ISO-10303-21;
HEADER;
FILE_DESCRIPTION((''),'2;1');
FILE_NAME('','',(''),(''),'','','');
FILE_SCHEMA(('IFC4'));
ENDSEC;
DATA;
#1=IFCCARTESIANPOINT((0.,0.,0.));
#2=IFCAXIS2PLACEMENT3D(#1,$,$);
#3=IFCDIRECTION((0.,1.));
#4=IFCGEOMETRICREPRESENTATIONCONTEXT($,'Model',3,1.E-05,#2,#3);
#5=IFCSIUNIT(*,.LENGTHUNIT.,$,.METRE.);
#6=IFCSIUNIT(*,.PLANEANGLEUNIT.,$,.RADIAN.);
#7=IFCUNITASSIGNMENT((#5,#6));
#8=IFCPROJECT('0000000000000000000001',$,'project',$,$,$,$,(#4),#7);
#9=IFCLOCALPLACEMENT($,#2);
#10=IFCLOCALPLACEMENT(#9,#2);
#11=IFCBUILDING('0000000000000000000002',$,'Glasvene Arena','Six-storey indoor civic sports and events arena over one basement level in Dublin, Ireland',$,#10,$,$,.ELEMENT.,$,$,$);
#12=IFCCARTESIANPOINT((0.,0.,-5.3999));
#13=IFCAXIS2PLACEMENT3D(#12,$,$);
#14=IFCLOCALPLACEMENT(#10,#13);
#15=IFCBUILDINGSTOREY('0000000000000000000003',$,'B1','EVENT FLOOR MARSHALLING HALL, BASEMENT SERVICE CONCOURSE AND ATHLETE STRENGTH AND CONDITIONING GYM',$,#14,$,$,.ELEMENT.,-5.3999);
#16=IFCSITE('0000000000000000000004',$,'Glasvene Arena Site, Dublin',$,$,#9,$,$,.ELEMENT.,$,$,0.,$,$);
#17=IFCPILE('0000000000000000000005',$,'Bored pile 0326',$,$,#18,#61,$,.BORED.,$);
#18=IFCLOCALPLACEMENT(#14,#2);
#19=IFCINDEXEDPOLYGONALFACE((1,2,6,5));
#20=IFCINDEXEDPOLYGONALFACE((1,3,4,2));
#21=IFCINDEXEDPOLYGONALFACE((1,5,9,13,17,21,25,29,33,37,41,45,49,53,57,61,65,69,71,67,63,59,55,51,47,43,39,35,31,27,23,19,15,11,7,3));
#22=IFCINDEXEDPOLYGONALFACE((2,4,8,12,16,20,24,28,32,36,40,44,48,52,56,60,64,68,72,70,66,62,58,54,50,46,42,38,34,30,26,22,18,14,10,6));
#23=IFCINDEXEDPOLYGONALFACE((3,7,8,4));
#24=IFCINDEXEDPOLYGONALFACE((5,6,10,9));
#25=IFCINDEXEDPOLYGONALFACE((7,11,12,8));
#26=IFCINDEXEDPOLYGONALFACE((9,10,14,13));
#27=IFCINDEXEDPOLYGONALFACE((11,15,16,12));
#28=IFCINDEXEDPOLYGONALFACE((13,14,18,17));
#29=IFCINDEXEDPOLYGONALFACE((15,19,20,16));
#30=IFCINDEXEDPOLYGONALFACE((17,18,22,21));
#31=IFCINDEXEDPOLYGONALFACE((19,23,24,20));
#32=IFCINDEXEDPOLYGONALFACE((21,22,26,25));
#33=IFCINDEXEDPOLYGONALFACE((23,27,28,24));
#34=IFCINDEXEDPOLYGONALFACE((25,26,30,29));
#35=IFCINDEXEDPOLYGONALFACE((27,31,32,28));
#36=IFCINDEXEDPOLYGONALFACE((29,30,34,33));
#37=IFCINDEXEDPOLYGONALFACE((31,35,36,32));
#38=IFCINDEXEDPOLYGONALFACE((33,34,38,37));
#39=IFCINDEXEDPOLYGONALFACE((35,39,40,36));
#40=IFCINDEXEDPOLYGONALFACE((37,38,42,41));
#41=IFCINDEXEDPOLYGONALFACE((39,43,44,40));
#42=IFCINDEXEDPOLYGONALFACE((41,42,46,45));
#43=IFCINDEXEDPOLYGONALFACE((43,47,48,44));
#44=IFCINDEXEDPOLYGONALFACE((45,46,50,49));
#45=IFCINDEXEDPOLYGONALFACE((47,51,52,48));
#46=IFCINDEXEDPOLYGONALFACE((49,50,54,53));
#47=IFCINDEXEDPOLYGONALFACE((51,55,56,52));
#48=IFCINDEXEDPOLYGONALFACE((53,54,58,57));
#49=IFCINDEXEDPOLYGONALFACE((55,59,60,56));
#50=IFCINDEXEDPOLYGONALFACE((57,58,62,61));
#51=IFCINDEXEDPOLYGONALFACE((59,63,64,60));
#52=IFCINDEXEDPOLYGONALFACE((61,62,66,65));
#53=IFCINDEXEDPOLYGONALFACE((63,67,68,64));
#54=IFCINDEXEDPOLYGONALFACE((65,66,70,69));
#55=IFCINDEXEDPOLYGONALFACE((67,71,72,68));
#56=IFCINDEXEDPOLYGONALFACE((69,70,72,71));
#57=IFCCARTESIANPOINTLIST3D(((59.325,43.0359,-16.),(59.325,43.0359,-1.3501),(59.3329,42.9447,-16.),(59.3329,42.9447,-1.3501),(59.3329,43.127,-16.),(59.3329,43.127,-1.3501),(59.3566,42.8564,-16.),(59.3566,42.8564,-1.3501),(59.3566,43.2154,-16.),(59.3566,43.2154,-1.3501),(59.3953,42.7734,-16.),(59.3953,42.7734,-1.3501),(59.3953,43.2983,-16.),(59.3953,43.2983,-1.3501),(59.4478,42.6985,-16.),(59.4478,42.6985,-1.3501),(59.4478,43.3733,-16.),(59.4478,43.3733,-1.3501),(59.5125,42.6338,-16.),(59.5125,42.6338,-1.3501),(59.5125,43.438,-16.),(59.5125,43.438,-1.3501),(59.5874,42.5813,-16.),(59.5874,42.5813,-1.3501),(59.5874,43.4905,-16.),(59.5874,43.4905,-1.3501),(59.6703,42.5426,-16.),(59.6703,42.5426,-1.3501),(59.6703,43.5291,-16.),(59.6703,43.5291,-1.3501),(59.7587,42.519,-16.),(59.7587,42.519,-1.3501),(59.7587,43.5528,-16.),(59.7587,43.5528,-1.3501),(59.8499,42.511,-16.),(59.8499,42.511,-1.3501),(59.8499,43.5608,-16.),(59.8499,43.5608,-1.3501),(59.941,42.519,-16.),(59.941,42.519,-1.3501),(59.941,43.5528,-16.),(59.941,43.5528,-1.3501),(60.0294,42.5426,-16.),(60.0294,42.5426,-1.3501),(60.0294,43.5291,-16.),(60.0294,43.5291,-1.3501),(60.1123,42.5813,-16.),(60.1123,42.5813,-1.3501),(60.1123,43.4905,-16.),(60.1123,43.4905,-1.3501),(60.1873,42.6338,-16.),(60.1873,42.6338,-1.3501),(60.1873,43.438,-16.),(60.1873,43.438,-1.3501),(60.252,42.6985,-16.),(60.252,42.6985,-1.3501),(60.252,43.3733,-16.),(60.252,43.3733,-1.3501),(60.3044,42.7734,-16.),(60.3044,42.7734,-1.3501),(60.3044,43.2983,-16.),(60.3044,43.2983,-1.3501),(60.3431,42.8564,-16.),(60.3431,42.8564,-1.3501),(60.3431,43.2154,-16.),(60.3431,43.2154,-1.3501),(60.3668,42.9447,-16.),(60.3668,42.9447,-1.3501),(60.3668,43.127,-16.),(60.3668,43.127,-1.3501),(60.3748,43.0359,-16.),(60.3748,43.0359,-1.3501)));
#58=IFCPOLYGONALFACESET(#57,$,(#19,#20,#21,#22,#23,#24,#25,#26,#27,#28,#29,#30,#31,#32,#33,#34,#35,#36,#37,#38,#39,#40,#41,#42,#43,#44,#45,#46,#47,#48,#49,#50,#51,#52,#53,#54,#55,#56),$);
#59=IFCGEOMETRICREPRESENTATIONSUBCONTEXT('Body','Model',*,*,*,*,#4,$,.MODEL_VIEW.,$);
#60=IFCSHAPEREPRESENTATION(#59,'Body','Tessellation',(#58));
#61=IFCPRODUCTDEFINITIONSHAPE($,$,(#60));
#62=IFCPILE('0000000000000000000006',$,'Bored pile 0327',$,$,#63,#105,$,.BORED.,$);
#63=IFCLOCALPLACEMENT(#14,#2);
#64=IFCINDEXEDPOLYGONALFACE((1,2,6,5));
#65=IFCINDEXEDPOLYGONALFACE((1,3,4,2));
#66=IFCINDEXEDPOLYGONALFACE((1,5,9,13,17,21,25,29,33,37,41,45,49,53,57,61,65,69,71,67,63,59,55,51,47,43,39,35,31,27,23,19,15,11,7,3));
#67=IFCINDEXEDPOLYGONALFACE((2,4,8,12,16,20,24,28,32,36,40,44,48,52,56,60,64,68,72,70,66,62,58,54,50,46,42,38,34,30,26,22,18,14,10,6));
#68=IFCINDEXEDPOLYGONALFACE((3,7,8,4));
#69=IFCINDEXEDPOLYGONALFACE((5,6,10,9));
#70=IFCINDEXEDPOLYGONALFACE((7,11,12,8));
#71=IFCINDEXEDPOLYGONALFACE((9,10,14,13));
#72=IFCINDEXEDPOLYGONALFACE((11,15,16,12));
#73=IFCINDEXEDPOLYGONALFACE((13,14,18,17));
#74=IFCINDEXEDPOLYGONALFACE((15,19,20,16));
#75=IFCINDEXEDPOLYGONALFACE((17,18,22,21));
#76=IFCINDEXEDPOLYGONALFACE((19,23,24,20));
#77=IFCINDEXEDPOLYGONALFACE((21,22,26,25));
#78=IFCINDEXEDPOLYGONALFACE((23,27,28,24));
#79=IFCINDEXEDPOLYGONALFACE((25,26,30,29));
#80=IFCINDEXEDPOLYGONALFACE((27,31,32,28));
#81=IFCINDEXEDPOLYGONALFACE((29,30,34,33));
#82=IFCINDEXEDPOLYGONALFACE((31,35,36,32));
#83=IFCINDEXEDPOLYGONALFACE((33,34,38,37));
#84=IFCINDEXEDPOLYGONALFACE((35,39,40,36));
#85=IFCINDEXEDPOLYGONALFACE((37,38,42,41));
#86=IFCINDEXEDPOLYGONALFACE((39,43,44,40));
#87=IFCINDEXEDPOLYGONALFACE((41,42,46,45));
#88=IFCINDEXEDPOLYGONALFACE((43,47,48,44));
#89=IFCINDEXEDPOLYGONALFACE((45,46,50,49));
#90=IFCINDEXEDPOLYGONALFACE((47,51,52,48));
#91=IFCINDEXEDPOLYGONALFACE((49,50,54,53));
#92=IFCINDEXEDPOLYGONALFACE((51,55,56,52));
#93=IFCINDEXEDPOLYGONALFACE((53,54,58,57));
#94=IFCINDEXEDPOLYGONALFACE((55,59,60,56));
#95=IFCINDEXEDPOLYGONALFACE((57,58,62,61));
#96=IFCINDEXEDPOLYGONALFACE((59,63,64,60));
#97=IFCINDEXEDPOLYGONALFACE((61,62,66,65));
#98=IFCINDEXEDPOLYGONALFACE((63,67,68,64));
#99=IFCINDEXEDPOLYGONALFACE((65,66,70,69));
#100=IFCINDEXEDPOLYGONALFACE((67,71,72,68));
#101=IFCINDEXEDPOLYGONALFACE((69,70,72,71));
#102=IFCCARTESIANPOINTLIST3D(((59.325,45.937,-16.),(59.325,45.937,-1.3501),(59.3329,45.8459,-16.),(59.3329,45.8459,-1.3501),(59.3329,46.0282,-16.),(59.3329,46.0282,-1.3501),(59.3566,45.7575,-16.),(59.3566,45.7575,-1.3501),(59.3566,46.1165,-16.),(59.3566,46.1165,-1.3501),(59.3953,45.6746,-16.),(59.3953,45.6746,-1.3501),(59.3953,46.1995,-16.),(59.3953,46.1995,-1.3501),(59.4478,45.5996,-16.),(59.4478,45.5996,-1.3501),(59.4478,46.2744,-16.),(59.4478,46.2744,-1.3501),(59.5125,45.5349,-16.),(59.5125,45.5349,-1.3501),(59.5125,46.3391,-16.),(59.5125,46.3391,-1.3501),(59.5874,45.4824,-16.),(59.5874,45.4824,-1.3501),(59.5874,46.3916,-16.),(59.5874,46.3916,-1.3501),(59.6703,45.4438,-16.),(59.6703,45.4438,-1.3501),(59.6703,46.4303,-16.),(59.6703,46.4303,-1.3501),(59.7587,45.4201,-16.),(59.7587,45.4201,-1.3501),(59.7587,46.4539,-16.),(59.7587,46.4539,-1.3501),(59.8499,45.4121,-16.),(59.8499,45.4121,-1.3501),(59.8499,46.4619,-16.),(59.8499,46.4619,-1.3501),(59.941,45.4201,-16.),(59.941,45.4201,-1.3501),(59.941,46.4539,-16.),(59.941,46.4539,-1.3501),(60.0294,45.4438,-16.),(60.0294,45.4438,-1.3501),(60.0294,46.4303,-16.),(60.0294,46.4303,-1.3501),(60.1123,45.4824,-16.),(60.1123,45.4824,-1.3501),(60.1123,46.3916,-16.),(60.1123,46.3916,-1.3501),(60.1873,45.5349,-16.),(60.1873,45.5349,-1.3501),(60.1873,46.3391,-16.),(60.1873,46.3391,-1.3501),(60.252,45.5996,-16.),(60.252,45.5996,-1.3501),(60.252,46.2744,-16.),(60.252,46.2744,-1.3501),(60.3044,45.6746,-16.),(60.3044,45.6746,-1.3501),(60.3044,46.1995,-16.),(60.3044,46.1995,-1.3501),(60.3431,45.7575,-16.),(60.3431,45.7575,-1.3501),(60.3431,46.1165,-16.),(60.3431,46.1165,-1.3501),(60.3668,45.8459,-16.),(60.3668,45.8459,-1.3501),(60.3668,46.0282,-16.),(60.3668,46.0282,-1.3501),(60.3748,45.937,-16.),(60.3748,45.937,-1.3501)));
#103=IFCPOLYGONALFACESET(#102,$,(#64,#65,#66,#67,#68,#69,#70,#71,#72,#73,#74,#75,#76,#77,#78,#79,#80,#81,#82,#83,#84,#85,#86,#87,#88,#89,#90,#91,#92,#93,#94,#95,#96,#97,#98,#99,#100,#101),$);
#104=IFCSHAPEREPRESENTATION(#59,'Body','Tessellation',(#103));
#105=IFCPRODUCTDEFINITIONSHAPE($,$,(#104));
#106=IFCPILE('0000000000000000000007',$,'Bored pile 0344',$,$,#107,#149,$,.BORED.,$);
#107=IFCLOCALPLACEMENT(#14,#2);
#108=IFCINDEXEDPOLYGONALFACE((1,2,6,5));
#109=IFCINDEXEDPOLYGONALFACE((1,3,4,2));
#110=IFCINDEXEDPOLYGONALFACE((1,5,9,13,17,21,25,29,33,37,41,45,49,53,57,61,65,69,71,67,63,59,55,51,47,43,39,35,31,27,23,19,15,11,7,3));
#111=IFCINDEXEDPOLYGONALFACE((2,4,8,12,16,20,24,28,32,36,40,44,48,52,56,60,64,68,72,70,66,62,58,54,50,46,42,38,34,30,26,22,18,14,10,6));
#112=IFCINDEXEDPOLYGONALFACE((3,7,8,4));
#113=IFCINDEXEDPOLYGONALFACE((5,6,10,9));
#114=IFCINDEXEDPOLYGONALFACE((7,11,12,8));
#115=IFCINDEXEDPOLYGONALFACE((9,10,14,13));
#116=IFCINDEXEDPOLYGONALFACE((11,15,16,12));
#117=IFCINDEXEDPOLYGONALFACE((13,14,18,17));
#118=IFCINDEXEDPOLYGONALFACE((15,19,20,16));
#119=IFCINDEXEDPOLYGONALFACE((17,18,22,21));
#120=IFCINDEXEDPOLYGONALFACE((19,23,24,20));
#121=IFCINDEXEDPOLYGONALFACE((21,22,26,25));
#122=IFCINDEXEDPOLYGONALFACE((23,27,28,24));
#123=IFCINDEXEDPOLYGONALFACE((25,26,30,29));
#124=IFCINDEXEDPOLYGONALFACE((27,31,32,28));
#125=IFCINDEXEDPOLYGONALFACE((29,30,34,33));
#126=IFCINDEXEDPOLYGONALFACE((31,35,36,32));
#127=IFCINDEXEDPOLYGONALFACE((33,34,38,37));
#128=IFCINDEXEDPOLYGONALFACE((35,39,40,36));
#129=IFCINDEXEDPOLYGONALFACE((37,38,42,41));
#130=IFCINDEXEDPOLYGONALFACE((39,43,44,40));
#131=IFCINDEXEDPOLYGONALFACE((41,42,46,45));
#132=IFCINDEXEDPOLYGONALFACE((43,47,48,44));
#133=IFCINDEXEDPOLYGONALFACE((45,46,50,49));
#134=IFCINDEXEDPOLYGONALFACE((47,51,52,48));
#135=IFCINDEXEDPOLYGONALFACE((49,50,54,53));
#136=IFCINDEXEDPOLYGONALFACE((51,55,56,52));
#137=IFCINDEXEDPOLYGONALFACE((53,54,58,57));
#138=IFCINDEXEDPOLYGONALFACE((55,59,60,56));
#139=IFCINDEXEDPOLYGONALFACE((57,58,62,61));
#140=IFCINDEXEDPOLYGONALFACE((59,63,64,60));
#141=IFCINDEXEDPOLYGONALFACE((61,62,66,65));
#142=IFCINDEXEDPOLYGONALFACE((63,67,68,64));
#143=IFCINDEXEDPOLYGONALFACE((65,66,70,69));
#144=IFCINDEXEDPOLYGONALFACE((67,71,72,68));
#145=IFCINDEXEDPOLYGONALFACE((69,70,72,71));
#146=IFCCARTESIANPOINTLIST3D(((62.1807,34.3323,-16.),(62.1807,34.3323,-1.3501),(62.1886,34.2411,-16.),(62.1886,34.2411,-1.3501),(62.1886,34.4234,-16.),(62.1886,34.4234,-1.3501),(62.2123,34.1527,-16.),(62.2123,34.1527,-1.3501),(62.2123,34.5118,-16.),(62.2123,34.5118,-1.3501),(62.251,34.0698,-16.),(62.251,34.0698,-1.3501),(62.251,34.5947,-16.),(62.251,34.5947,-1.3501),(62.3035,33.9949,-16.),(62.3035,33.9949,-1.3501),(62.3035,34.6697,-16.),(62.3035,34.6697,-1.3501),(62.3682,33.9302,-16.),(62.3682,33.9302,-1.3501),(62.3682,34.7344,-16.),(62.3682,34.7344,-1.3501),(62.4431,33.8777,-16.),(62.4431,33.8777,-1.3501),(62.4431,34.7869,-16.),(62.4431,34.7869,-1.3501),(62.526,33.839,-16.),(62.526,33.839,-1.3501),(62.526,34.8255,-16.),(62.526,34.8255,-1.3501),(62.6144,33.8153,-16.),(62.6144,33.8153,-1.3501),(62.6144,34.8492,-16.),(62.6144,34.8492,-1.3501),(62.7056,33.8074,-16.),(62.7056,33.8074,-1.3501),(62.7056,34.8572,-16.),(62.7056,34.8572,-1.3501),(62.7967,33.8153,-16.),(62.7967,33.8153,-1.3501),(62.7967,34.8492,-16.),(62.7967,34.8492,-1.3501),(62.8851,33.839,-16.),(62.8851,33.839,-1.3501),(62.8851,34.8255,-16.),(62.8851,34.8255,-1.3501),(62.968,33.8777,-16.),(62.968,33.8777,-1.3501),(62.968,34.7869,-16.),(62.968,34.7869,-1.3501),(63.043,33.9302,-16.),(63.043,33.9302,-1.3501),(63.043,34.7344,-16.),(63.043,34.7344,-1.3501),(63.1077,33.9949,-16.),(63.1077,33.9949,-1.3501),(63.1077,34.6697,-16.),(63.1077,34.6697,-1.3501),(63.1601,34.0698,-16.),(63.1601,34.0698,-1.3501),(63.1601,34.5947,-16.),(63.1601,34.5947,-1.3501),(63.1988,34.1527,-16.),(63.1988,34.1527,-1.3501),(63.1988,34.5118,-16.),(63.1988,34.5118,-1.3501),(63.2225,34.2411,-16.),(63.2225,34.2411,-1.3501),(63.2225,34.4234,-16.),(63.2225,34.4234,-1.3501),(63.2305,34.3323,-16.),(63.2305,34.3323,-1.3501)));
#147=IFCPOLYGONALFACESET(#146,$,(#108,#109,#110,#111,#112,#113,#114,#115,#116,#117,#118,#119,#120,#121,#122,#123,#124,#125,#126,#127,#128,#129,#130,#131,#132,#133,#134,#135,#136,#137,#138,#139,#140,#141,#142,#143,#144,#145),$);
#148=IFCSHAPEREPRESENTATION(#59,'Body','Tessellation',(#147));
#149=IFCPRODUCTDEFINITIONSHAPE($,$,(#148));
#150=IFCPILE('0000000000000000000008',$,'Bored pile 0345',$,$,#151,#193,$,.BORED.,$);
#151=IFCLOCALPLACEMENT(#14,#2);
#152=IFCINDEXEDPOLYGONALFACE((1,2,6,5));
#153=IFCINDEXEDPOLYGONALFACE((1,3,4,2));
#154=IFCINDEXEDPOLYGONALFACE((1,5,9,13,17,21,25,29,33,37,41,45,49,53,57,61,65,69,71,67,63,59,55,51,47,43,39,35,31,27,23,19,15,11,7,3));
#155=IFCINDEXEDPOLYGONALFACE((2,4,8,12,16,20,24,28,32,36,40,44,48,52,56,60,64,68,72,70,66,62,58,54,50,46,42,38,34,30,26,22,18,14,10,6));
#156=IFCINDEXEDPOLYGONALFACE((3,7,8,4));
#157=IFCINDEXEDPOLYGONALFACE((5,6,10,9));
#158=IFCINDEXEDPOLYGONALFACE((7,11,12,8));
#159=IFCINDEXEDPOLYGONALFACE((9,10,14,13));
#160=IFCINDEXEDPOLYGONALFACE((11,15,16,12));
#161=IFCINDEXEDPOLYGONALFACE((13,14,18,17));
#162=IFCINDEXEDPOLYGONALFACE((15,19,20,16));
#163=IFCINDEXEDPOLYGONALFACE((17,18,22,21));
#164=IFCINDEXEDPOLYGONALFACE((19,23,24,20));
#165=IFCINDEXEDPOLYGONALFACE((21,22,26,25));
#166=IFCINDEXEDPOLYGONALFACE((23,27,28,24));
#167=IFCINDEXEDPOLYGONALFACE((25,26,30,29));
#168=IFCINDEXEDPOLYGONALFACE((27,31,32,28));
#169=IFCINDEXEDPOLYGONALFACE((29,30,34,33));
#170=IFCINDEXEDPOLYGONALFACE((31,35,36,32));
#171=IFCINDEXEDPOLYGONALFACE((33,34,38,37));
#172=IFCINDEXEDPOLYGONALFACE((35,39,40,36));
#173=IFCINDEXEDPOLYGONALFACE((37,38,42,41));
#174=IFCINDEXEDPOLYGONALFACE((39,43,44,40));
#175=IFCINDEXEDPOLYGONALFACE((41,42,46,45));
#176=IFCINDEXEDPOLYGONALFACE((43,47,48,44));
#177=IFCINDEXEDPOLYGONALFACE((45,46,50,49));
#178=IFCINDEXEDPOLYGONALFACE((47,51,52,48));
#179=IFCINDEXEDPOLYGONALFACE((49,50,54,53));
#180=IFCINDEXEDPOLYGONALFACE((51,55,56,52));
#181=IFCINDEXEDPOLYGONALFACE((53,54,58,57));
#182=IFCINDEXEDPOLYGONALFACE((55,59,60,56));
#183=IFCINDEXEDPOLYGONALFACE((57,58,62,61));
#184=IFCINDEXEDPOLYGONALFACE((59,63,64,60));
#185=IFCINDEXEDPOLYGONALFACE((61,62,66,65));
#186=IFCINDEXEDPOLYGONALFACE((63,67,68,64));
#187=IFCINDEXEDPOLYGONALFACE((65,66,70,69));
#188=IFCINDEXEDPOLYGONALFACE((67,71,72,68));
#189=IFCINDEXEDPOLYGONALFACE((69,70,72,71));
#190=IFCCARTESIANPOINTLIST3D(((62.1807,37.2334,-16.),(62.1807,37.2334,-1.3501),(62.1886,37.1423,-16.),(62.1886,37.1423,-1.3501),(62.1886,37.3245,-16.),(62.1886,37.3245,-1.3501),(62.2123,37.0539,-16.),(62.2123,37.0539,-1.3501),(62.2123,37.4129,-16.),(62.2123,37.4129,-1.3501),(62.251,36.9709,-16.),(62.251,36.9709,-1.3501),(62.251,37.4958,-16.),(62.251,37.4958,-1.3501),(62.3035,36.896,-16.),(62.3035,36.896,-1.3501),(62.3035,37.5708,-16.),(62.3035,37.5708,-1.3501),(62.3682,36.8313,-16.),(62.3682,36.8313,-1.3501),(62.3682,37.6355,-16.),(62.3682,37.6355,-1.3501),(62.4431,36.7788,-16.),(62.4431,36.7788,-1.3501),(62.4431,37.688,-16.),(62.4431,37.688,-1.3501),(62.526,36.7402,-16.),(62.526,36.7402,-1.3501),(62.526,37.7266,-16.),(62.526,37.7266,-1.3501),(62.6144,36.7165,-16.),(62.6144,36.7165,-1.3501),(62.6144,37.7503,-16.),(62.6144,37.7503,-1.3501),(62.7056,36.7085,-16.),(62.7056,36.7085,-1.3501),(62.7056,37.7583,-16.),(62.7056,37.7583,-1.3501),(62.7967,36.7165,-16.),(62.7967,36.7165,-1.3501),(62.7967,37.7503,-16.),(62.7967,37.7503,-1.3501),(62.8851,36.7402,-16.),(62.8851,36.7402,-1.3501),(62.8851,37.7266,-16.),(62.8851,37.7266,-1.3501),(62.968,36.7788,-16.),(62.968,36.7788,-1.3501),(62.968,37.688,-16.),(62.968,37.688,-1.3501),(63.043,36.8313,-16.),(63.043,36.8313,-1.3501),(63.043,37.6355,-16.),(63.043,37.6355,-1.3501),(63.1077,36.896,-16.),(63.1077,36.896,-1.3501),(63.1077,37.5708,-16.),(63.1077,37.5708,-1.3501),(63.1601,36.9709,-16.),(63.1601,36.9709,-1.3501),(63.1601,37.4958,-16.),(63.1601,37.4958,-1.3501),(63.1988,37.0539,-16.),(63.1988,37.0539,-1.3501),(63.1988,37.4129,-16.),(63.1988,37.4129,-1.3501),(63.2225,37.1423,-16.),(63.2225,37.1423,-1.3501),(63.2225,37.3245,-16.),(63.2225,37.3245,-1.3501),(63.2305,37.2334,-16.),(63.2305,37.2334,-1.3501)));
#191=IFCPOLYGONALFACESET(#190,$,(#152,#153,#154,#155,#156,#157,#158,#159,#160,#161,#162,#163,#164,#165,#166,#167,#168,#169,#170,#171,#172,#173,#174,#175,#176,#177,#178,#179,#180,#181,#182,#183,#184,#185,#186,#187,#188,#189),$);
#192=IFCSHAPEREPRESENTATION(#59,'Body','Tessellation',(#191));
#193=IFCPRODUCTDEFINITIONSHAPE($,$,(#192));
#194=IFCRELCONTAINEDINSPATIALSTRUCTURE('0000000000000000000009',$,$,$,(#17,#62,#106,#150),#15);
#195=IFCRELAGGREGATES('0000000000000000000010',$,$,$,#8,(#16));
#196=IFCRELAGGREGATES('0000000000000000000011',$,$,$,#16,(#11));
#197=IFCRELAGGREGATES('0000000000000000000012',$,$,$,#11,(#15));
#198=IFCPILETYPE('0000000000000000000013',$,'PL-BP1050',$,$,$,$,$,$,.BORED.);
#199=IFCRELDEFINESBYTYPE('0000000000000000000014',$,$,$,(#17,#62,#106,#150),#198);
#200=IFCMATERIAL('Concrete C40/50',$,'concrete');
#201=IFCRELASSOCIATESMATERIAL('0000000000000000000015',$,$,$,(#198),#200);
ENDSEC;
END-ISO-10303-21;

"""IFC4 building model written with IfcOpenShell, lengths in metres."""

from ifc_helpers import new_model, si_unit, direction, frame, origin, origin_2d, place, context, subcontext, project, spatial, circle, extrude, material, material_profile, profile_set, type_object, element, save


model = new_model("IFC4")

# Units and contexts
model_context = context("Model", 3, precision=1e-05, world=origin(), true_north=direction((0.0, 1.0)))
body_context = subcontext(model_context, "Body", "Model", "MODEL_VIEW")
ifc_project = project(units=[si_unit("LENGTHUNIT", "METRE"), si_unit("PLANEANGLEUNIT", "RADIAN")], contexts=[model_context])

# Site, building, storey
site_placement = place(None, origin())
site = spatial("IfcSite", under=ifc_project, at=site_placement, Name="Glasvene Arena Site, Dublin", CompositionType="ELEMENT", RefElevation=0.0)
building_placement = place(site_placement, origin())
building = spatial("IfcBuilding", under=site, at=building_placement, Name="Glasvene Arena", Description="Six-storey indoor civic sports and events arena over one basement level in Dublin, Ireland", CompositionType="ELEMENT")
storey_placement = place(building_placement, frame((0.0, 0.0, -5.3999)))
storey = spatial("IfcBuildingStorey", under=building, at=storey_placement, Name="B1", Description="EVENT FLOOR MARSHALLING HALL, BASEMENT SERVICE CONCOURSE AND ATHLETE STRENGTH AND CONDITIONING GYM", CompositionType="ELEMENT", Elevation=-5.3999)

# Shared definitions
ifc_material_1 = material(Name="Concrete C40/50", Category="concrete")

# Piles
ifc_material_profile_1 = material_profile(ifc_material_1, circle(Radius=0.5249, at=origin_2d()), Name="BORED PILE 1050")
ifc_profile_set_1 = profile_set([ifc_material_profile_1], Name="Concrete C40/50")
pile_type = type_object("IfcPileType", Name="PL-BP1050", PredefinedType="BORED", material=ifc_profile_set_1)
for number, where, z_axis, x_axis, name in (
    (1, (59.8499, 43.0359, -1.3501), (0.0, 0.0, -1.0), (1.0, 0.0, 0.0), "Bored pile 0326"),
    (2, (59.8499, 45.937, -1.3501), (0.0, 0.0, -1.0), (1.0, 0.0, 0.0), "Bored pile 0327"),
    (3, (62.7056, 34.3323, -1.3501), (0.0, 0.0, -1.0), (1.0, 0.0, 0.0), "Bored pile 0344"),
    (4, (62.7056, 37.2334, -1.3501), (0.0, 0.0, -1.0), (1.0, 0.0, 0.0), "Bored pile 0345"),
):
    element("IfcPile", number, at=place(storey_placement, frame(where, z_axis=z_axis, x_axis=x_axis)), inside=storey, type_object=pile_type, Name=name, PredefinedType="BORED", context=body_context, shape_type="SweptSolid", body=[
        extrude(circle(Radius=0.5249, at=origin_2d()), origin(), (0.0, 0.0, 1.0), 14.6499),
    ])

save(model, "model.ifc")
